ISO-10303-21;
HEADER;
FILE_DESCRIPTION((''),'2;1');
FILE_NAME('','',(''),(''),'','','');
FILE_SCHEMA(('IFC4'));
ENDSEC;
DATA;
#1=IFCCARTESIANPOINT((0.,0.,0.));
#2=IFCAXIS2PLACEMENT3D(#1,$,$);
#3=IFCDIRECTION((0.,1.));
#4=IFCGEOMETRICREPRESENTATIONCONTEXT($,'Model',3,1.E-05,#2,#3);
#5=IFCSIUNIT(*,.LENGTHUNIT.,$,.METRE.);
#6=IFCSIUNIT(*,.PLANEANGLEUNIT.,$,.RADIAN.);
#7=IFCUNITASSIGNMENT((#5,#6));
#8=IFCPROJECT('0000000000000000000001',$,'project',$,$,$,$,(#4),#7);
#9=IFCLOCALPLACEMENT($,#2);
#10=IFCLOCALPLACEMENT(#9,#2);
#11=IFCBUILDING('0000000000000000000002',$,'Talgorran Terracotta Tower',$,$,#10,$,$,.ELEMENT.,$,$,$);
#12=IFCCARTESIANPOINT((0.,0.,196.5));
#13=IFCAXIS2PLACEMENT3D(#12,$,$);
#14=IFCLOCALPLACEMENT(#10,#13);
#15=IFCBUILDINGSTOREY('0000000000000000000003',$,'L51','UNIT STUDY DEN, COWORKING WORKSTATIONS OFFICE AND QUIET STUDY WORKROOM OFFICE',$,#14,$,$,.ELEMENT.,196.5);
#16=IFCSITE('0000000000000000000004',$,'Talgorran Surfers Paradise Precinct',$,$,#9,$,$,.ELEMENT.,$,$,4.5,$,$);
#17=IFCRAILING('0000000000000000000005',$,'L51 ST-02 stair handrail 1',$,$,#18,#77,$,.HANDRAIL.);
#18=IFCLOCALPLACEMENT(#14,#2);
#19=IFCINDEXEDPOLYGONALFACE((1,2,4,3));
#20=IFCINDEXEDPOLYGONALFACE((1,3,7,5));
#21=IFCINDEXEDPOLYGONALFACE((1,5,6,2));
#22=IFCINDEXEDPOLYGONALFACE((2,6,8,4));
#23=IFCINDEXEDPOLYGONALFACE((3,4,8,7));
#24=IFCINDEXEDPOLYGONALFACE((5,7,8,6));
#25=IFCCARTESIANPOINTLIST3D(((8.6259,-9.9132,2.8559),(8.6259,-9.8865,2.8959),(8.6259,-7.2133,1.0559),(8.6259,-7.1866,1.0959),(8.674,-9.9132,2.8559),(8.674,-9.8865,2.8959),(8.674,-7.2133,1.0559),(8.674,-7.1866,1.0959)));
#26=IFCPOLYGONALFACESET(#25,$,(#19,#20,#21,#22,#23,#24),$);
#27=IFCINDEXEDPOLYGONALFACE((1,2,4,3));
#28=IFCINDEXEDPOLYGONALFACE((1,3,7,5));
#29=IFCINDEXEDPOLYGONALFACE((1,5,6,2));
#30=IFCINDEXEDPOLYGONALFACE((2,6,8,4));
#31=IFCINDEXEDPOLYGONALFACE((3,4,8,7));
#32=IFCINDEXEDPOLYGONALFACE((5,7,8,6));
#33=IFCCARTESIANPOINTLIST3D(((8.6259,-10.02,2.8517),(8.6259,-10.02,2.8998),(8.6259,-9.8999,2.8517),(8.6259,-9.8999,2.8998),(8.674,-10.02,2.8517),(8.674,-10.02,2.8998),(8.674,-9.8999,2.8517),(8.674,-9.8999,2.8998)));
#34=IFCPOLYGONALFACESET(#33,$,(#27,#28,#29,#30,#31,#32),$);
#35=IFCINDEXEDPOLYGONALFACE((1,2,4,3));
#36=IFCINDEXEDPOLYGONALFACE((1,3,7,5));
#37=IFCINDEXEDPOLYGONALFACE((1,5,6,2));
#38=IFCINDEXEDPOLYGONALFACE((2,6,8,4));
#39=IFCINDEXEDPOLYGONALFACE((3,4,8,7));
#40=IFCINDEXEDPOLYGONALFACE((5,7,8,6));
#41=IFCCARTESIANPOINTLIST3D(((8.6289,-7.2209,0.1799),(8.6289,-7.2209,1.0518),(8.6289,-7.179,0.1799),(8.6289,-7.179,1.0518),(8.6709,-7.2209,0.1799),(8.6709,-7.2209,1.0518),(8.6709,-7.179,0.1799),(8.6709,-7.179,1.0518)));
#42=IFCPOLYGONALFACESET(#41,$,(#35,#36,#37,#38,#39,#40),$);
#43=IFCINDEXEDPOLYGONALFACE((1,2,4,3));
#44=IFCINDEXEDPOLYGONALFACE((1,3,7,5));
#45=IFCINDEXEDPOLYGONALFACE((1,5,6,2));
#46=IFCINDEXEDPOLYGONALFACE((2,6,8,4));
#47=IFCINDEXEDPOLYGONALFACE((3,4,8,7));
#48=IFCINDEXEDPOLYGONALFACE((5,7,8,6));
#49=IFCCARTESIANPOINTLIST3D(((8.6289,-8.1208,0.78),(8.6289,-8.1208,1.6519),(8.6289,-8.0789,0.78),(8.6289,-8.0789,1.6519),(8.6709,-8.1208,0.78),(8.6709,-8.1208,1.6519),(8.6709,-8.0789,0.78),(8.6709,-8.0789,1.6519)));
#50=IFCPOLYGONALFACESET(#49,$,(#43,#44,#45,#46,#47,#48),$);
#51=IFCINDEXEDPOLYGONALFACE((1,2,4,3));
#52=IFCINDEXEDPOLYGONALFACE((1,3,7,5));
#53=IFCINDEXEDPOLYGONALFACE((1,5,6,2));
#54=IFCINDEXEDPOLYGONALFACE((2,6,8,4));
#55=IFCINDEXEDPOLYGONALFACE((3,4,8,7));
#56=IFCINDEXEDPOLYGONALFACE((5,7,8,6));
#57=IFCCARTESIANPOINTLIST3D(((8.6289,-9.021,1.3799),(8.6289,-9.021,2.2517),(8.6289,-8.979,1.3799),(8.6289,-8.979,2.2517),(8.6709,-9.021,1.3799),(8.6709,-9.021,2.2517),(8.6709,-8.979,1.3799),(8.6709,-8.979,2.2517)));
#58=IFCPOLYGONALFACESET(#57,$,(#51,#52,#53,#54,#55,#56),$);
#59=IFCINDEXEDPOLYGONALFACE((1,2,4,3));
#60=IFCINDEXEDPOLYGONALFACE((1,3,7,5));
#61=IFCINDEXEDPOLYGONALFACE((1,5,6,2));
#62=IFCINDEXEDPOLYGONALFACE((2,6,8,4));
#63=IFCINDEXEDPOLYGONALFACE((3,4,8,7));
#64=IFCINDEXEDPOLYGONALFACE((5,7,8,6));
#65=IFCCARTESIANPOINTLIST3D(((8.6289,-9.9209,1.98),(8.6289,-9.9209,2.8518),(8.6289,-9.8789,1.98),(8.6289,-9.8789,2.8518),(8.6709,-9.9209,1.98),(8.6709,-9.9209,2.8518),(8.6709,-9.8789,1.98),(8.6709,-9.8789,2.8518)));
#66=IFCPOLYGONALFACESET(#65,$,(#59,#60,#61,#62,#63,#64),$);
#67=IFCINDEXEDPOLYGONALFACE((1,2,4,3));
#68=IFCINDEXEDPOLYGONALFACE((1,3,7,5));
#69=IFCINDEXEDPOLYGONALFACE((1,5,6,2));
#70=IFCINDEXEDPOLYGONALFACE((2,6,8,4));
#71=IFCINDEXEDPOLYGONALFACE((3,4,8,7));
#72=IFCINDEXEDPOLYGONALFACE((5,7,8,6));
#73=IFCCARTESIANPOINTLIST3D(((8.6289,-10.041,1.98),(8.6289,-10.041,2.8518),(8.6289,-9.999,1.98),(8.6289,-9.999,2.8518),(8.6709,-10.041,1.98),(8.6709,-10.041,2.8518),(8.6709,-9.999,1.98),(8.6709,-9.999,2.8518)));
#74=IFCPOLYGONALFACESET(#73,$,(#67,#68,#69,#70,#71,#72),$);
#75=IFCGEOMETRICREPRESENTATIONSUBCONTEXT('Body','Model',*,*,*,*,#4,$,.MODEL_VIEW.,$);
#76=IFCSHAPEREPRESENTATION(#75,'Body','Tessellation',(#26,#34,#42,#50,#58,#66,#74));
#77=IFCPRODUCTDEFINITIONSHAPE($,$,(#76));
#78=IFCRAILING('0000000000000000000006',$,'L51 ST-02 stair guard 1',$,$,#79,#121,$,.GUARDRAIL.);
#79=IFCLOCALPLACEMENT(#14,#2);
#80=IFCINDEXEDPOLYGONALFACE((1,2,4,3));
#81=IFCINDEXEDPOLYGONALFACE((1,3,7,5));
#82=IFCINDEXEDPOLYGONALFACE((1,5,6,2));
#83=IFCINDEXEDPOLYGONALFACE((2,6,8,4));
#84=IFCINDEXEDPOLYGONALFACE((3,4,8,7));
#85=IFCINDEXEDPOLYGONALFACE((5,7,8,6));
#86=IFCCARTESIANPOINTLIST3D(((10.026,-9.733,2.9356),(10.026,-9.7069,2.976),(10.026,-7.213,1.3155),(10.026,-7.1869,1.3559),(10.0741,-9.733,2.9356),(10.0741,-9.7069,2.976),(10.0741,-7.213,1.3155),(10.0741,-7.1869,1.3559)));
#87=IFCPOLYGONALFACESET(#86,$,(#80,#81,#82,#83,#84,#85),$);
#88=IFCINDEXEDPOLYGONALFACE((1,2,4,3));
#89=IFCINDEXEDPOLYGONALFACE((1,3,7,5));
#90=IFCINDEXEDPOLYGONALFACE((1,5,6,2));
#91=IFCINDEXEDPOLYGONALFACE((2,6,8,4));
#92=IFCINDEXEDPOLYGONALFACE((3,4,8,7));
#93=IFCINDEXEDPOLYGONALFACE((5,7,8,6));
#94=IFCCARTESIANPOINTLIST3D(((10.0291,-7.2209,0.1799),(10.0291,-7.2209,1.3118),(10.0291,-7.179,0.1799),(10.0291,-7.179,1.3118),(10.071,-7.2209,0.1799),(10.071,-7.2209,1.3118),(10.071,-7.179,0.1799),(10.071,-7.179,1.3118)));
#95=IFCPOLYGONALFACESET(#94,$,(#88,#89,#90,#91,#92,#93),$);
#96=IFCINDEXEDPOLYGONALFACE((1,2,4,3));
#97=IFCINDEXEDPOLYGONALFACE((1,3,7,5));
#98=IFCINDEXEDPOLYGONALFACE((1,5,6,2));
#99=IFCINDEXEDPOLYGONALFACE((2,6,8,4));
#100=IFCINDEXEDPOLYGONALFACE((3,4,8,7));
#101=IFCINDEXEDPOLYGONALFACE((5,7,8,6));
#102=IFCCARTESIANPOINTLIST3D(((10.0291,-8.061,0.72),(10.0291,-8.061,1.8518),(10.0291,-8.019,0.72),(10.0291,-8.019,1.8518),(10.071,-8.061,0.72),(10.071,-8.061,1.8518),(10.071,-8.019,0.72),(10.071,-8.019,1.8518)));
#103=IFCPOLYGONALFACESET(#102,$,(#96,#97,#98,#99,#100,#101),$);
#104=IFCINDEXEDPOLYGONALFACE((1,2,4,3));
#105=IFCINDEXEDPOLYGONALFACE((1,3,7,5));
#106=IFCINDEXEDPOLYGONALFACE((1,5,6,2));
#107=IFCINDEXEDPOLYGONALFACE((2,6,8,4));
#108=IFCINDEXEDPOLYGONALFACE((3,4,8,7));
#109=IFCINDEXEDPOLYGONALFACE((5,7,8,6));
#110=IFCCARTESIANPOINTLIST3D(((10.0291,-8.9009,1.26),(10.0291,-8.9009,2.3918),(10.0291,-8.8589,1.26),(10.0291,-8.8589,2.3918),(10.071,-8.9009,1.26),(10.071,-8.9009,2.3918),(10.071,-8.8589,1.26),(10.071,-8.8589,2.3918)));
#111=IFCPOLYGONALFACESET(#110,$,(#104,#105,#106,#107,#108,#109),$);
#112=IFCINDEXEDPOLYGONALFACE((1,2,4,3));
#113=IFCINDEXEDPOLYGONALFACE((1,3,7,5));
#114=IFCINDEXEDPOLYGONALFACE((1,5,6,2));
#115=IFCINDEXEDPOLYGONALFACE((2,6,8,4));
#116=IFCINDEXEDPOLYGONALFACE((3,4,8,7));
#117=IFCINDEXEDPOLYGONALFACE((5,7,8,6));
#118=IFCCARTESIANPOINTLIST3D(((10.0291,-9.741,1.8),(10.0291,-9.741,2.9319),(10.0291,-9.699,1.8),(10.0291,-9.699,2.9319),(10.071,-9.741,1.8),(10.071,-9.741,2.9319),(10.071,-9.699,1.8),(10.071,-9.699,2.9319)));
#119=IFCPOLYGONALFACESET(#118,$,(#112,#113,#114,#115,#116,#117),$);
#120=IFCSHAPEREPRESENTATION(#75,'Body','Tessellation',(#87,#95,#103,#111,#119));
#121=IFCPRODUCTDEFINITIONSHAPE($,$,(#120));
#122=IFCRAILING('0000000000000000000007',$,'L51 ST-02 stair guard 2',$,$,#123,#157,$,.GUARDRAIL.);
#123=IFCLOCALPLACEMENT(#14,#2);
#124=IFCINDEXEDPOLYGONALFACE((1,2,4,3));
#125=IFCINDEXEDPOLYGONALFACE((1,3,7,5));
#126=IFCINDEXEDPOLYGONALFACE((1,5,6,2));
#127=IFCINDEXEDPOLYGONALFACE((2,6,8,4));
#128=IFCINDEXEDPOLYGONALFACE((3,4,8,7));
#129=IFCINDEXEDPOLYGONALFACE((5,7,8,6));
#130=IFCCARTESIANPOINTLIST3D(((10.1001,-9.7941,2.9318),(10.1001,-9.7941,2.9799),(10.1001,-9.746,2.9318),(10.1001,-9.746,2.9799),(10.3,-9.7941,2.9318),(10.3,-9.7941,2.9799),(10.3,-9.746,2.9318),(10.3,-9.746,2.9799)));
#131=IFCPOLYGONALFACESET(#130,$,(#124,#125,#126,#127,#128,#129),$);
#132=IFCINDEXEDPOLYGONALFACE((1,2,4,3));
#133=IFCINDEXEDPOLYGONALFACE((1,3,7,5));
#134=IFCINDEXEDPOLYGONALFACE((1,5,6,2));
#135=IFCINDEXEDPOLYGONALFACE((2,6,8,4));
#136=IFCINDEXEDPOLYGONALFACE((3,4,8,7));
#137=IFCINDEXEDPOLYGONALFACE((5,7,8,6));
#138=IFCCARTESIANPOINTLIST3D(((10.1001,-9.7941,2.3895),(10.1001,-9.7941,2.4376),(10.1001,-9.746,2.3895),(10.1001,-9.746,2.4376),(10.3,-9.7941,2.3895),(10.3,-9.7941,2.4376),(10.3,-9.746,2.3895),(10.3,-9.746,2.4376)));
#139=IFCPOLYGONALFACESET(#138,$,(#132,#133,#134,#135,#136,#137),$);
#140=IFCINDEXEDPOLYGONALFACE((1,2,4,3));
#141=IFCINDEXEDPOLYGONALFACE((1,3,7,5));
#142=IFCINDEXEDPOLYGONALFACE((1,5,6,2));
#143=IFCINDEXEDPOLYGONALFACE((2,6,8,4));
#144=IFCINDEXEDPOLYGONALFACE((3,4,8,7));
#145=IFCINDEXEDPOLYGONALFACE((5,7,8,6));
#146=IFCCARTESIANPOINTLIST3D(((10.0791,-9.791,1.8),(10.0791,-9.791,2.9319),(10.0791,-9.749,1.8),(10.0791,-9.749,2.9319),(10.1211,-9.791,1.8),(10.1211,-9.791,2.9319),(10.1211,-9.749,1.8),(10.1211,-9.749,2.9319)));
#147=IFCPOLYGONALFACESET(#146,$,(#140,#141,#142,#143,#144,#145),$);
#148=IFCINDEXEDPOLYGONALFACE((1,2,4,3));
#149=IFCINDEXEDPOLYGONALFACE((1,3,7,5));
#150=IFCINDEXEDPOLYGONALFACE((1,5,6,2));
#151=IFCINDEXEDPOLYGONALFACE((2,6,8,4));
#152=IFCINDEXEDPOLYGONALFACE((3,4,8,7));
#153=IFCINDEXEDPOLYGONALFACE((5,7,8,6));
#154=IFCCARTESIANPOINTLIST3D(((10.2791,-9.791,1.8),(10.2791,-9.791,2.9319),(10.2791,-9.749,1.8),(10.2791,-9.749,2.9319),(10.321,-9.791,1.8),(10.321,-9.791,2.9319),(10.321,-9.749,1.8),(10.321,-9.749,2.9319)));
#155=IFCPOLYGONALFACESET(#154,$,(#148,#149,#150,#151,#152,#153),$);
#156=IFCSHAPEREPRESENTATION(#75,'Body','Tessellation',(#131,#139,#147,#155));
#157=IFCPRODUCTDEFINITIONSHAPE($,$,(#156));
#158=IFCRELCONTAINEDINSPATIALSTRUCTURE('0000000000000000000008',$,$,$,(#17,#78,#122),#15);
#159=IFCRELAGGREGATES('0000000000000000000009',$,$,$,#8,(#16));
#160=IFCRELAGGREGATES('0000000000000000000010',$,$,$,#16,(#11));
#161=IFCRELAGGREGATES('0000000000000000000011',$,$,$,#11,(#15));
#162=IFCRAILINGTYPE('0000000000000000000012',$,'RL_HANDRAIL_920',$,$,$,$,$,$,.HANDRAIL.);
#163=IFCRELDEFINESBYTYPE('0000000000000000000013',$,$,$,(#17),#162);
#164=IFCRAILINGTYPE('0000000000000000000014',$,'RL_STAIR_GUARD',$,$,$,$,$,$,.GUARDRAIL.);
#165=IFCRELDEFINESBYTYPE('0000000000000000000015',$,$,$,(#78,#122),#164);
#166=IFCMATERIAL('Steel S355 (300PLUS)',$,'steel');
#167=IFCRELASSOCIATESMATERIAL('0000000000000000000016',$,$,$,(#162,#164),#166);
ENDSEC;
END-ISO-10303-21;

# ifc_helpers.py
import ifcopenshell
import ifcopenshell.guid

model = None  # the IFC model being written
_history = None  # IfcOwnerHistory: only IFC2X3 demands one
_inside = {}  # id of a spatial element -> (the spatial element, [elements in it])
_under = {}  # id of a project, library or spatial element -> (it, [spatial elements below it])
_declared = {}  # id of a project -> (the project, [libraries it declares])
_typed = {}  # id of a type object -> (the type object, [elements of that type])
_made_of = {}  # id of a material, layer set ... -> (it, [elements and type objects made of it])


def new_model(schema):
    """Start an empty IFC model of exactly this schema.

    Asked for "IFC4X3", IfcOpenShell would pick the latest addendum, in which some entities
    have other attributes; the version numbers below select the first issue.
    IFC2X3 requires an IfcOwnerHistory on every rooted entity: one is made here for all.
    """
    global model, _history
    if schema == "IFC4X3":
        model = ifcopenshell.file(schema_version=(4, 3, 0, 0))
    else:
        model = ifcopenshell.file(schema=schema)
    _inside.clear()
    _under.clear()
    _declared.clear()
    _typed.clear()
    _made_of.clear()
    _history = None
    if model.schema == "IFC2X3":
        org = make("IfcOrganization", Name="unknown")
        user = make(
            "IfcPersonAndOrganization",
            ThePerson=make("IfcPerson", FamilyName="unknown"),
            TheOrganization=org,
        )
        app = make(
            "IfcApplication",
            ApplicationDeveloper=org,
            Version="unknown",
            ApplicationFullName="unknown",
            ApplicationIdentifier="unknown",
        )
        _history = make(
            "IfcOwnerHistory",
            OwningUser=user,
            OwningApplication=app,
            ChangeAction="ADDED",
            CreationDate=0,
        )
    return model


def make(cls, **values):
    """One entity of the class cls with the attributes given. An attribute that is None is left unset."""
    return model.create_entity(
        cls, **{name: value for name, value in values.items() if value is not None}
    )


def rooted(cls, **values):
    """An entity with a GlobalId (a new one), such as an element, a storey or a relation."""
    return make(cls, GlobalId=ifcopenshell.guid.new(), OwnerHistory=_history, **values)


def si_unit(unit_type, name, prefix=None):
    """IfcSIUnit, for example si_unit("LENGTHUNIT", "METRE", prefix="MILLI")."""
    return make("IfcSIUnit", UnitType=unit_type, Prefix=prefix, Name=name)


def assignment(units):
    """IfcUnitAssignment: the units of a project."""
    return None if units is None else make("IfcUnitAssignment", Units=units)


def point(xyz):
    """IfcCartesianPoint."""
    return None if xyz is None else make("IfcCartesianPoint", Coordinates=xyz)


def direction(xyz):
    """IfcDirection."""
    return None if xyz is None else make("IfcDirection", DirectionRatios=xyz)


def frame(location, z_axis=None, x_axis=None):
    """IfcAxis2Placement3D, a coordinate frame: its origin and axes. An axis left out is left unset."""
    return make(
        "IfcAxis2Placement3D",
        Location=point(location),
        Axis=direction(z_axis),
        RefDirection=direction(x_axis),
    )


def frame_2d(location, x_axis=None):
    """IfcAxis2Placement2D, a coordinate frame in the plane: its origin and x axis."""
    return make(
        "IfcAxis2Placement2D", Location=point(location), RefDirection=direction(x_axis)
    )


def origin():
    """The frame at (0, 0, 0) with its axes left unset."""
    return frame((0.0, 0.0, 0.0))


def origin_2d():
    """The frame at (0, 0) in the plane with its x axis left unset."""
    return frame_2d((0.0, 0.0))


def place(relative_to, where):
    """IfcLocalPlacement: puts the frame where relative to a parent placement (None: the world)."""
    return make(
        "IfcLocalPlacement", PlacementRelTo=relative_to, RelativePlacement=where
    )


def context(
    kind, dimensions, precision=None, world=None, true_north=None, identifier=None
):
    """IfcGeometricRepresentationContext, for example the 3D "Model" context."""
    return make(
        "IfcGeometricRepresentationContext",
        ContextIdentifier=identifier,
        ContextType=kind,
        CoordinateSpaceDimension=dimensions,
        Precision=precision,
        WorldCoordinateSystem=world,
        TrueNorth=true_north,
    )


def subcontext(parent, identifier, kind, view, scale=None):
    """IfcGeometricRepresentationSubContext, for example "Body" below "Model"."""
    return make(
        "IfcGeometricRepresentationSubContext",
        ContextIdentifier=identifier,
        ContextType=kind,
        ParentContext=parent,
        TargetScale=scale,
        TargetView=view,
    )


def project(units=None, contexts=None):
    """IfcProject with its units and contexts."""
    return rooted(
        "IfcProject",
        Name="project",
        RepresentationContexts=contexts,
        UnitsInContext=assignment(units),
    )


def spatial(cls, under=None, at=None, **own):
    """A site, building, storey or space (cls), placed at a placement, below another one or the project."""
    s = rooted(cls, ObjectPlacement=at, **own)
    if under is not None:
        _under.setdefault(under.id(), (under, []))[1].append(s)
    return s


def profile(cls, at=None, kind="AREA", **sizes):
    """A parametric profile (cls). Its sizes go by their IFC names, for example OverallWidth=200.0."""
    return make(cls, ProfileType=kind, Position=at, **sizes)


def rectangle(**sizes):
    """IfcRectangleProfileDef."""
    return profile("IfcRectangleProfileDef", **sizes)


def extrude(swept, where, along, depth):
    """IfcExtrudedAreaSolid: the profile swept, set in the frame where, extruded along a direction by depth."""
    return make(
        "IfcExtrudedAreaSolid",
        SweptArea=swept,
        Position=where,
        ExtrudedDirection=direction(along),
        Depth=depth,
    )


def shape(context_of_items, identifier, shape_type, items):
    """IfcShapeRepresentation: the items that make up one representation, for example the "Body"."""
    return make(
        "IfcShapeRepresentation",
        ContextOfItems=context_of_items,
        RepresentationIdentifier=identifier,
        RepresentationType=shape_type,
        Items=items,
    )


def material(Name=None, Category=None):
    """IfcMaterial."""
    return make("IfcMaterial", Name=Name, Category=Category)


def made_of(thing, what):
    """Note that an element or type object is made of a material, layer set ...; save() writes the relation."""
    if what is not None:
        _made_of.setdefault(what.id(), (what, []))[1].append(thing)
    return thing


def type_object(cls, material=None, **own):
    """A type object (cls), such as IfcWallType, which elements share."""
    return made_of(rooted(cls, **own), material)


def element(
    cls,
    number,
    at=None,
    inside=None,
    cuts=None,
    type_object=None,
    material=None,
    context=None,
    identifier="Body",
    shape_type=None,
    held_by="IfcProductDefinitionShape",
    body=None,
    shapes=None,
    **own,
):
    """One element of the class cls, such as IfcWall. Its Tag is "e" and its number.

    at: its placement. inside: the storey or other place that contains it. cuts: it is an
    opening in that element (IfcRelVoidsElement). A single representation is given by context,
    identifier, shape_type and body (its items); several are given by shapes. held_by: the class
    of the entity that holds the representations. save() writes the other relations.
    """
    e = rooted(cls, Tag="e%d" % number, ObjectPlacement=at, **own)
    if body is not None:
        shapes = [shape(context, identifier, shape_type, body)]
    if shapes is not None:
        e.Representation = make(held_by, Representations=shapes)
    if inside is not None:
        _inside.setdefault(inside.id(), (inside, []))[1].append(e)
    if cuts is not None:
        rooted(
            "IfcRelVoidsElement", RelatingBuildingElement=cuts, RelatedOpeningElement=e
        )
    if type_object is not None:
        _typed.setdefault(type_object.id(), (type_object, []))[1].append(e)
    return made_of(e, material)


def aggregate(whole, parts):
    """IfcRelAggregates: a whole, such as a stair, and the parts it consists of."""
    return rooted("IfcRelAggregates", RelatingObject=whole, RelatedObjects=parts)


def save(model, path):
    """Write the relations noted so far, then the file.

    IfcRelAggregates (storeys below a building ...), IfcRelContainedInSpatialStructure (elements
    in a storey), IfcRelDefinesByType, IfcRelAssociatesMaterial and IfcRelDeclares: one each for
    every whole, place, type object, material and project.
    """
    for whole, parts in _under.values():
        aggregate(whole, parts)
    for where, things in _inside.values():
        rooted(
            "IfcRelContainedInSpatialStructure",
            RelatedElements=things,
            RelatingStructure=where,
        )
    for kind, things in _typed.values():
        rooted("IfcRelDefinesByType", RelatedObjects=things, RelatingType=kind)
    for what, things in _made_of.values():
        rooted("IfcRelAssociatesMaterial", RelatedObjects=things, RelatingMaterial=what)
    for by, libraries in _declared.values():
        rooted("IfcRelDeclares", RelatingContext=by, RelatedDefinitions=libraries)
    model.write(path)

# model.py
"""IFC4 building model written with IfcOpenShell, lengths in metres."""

from ifc_helpers import new_model, si_unit, direction, frame, origin, origin_2d, place, context, subcontext, project, spatial, rectangle, extrude, material, type_object, element, save


model = new_model("IFC4")

# Units and contexts
model_context = context("Model", 3, precision=1e-05, world=origin(), true_north=direction((0.0, 1.0)))
body_context = subcontext(model_context, "Body", "Model", "MODEL_VIEW")
ifc_project = project(units=[si_unit("LENGTHUNIT", "METRE"), si_unit("PLANEANGLEUNIT", "RADIAN")], contexts=[model_context])

# Site, building, storey
site_placement = place(None, origin())
site = spatial("IfcSite", under=ifc_project, at=site_placement, Name="Talgorran Surfers Paradise Precinct", CompositionType="ELEMENT", RefElevation=4.5)
building_placement = place(site_placement, origin())
building = spatial("IfcBuilding", under=site, at=building_placement, Name="Talgorran Terracotta Tower", CompositionType="ELEMENT")
storey_placement = place(building_placement, frame((0.0, 0.0, 196.5)))
storey = spatial("IfcBuildingStorey", under=building, at=storey_placement, Name="L51", Description="UNIT STUDY DEN, COWORKING WORKSTATIONS OFFICE AND QUIET STUDY WORKROOM OFFICE", CompositionType="ELEMENT", Elevation=196.5)

# Shared definitions
ifc_material_1 = material(Name="Steel S355 (300PLUS)", Category="steel")

# Railings
railing_type_1 = type_object("IfcRailingType", Name="RL_HANDRAIL_920", PredefinedType="HANDRAIL", material=ifc_material_1)
railing_1_placement = place(storey_placement, frame((8.6499, -7.2, 0.1799)))
element("IfcRailing", 1, at=railing_1_placement, inside=storey, type_object=railing_type_1, Name="L51 ST-02 stair handrail 1", PredefinedType="HANDRAIL", context=body_context, shape_type="SweptSolid", body=[
    extrude(rectangle(XDim=0.0481, YDim=0.0481, at=origin_2d()), frame((0.0, 0.0, 0.896), z_axis=(0.0, -0.832039, 0.554718), x_axis=(1.0, 0.0, 0.0)), (0.0, 0.0, 1.0), 3.2449),
    extrude(rectangle(XDim=0.0481, YDim=0.0481, at=origin_2d()), frame((0.0, -2.7, 2.6958), z_axis=(0.0, -1.0, 0.0), x_axis=(1.0, 0.0, 0.0)), (0.0, 0.0, 1.0), 0.1201),
    extrude(rectangle(XDim=0.042, YDim=0.042, at=origin_2d()), origin(), (0.0, 0.0, 1.0), 0.8718),
    extrude(rectangle(XDim=0.042, YDim=0.042, at=origin_2d()), frame((0.0, -0.8999, 0.6001)), (0.0, 0.0, 1.0), 0.8718),
    extrude(rectangle(XDim=0.042, YDim=0.042, at=origin_2d()), frame((0.0, -1.8, 1.2)), (0.0, 0.0, 1.0), 0.8718),
    extrude(rectangle(XDim=0.042, YDim=0.042, at=origin_2d()), frame((0.0, -2.7, 1.8)), (0.0, 0.0, 1.0), 0.8718),
    extrude(rectangle(XDim=0.042, YDim=0.042, at=origin_2d()), frame((0.0, -2.8201, 1.8)), (0.0, 0.0, 1.0), 0.8718),
])
railing_type_2 = type_object("IfcRailingType", Name="RL_STAIR_GUARD", PredefinedType="GUARDRAIL", material=ifc_material_1)
railing_2_placement = place(storey_placement, frame((10.05, -7.2, 0.1799)))
element("IfcRailing", 2, at=railing_2_placement, inside=storey, type_object=railing_type_2, Name="L51 ST-02 stair guard 1", PredefinedType="GUARDRAIL", context=body_context, shape_type="SweptSolid", body=[
    extrude(rectangle(XDim=0.0481, YDim=0.0481, at=origin_2d()), frame((0.0, 0.0, 1.1558), z_axis=(0.0, -0.841163, 0.540782), x_axis=(1.0, 0.0, 0.0)), (0.0, 0.0, 1.0), 2.9958),
    extrude(rectangle(XDim=0.042, YDim=0.042, at=origin_2d()), origin(), (0.0, 0.0, 1.0), 1.1318),
    extrude(rectangle(XDim=0.042, YDim=0.042, at=origin_2d()), frame((0.0, -0.8401, 0.54)), (0.0, 0.0, 1.0), 1.1318),
    extrude(rectangle(XDim=0.042, YDim=0.042, at=origin_2d()), frame((0.0, -1.6799, 1.0801)), (0.0, 0.0, 1.0), 1.1318),
    extrude(rectangle(XDim=0.042, YDim=0.042, at=origin_2d()), frame((0.0, -2.52, 1.6201)), (0.0, 0.0, 1.0), 1.1318),
])
railing_3_placement = place(storey_placement, frame((10.1001, -9.77, 1.8)))
element("IfcRailing", 3, at=railing_3_placement, inside=storey, type_object=railing_type_2, Name="L51 ST-02 stair guard 2", PredefinedType="GUARDRAIL", context=body_context, shape_type="SweptSolid", body=[
    extrude(rectangle(XDim=0.0481, YDim=0.0481, at=origin_2d()), frame((0.0, 0.0, 1.1558), z_axis=(1.0, 0.0, 0.0), x_axis=(0.0, 1.0, 0.0)), (0.0, 0.0, 1.0), 0.2),
    extrude(rectangle(XDim=0.0481, YDim=0.0481, at=origin_2d()), frame((0.0, 0.0, 0.6135), z_axis=(1.0, 0.0, 0.0), x_axis=(0.0, 1.0, 0.0)), (0.0, 0.0, 1.0), 0.2),
    extrude(rectangle(XDim=0.042, YDim=0.042, at=origin_2d()), origin(), (0.0, 0.0, 1.0), 1.1318),
    extrude(rectangle(XDim=0.042, YDim=0.042, at=origin_2d()), frame((0.2, 0.0, 0.0)), (0.0, 0.0, 1.0), 1.1318),
])

save(model, "model.ifc")
